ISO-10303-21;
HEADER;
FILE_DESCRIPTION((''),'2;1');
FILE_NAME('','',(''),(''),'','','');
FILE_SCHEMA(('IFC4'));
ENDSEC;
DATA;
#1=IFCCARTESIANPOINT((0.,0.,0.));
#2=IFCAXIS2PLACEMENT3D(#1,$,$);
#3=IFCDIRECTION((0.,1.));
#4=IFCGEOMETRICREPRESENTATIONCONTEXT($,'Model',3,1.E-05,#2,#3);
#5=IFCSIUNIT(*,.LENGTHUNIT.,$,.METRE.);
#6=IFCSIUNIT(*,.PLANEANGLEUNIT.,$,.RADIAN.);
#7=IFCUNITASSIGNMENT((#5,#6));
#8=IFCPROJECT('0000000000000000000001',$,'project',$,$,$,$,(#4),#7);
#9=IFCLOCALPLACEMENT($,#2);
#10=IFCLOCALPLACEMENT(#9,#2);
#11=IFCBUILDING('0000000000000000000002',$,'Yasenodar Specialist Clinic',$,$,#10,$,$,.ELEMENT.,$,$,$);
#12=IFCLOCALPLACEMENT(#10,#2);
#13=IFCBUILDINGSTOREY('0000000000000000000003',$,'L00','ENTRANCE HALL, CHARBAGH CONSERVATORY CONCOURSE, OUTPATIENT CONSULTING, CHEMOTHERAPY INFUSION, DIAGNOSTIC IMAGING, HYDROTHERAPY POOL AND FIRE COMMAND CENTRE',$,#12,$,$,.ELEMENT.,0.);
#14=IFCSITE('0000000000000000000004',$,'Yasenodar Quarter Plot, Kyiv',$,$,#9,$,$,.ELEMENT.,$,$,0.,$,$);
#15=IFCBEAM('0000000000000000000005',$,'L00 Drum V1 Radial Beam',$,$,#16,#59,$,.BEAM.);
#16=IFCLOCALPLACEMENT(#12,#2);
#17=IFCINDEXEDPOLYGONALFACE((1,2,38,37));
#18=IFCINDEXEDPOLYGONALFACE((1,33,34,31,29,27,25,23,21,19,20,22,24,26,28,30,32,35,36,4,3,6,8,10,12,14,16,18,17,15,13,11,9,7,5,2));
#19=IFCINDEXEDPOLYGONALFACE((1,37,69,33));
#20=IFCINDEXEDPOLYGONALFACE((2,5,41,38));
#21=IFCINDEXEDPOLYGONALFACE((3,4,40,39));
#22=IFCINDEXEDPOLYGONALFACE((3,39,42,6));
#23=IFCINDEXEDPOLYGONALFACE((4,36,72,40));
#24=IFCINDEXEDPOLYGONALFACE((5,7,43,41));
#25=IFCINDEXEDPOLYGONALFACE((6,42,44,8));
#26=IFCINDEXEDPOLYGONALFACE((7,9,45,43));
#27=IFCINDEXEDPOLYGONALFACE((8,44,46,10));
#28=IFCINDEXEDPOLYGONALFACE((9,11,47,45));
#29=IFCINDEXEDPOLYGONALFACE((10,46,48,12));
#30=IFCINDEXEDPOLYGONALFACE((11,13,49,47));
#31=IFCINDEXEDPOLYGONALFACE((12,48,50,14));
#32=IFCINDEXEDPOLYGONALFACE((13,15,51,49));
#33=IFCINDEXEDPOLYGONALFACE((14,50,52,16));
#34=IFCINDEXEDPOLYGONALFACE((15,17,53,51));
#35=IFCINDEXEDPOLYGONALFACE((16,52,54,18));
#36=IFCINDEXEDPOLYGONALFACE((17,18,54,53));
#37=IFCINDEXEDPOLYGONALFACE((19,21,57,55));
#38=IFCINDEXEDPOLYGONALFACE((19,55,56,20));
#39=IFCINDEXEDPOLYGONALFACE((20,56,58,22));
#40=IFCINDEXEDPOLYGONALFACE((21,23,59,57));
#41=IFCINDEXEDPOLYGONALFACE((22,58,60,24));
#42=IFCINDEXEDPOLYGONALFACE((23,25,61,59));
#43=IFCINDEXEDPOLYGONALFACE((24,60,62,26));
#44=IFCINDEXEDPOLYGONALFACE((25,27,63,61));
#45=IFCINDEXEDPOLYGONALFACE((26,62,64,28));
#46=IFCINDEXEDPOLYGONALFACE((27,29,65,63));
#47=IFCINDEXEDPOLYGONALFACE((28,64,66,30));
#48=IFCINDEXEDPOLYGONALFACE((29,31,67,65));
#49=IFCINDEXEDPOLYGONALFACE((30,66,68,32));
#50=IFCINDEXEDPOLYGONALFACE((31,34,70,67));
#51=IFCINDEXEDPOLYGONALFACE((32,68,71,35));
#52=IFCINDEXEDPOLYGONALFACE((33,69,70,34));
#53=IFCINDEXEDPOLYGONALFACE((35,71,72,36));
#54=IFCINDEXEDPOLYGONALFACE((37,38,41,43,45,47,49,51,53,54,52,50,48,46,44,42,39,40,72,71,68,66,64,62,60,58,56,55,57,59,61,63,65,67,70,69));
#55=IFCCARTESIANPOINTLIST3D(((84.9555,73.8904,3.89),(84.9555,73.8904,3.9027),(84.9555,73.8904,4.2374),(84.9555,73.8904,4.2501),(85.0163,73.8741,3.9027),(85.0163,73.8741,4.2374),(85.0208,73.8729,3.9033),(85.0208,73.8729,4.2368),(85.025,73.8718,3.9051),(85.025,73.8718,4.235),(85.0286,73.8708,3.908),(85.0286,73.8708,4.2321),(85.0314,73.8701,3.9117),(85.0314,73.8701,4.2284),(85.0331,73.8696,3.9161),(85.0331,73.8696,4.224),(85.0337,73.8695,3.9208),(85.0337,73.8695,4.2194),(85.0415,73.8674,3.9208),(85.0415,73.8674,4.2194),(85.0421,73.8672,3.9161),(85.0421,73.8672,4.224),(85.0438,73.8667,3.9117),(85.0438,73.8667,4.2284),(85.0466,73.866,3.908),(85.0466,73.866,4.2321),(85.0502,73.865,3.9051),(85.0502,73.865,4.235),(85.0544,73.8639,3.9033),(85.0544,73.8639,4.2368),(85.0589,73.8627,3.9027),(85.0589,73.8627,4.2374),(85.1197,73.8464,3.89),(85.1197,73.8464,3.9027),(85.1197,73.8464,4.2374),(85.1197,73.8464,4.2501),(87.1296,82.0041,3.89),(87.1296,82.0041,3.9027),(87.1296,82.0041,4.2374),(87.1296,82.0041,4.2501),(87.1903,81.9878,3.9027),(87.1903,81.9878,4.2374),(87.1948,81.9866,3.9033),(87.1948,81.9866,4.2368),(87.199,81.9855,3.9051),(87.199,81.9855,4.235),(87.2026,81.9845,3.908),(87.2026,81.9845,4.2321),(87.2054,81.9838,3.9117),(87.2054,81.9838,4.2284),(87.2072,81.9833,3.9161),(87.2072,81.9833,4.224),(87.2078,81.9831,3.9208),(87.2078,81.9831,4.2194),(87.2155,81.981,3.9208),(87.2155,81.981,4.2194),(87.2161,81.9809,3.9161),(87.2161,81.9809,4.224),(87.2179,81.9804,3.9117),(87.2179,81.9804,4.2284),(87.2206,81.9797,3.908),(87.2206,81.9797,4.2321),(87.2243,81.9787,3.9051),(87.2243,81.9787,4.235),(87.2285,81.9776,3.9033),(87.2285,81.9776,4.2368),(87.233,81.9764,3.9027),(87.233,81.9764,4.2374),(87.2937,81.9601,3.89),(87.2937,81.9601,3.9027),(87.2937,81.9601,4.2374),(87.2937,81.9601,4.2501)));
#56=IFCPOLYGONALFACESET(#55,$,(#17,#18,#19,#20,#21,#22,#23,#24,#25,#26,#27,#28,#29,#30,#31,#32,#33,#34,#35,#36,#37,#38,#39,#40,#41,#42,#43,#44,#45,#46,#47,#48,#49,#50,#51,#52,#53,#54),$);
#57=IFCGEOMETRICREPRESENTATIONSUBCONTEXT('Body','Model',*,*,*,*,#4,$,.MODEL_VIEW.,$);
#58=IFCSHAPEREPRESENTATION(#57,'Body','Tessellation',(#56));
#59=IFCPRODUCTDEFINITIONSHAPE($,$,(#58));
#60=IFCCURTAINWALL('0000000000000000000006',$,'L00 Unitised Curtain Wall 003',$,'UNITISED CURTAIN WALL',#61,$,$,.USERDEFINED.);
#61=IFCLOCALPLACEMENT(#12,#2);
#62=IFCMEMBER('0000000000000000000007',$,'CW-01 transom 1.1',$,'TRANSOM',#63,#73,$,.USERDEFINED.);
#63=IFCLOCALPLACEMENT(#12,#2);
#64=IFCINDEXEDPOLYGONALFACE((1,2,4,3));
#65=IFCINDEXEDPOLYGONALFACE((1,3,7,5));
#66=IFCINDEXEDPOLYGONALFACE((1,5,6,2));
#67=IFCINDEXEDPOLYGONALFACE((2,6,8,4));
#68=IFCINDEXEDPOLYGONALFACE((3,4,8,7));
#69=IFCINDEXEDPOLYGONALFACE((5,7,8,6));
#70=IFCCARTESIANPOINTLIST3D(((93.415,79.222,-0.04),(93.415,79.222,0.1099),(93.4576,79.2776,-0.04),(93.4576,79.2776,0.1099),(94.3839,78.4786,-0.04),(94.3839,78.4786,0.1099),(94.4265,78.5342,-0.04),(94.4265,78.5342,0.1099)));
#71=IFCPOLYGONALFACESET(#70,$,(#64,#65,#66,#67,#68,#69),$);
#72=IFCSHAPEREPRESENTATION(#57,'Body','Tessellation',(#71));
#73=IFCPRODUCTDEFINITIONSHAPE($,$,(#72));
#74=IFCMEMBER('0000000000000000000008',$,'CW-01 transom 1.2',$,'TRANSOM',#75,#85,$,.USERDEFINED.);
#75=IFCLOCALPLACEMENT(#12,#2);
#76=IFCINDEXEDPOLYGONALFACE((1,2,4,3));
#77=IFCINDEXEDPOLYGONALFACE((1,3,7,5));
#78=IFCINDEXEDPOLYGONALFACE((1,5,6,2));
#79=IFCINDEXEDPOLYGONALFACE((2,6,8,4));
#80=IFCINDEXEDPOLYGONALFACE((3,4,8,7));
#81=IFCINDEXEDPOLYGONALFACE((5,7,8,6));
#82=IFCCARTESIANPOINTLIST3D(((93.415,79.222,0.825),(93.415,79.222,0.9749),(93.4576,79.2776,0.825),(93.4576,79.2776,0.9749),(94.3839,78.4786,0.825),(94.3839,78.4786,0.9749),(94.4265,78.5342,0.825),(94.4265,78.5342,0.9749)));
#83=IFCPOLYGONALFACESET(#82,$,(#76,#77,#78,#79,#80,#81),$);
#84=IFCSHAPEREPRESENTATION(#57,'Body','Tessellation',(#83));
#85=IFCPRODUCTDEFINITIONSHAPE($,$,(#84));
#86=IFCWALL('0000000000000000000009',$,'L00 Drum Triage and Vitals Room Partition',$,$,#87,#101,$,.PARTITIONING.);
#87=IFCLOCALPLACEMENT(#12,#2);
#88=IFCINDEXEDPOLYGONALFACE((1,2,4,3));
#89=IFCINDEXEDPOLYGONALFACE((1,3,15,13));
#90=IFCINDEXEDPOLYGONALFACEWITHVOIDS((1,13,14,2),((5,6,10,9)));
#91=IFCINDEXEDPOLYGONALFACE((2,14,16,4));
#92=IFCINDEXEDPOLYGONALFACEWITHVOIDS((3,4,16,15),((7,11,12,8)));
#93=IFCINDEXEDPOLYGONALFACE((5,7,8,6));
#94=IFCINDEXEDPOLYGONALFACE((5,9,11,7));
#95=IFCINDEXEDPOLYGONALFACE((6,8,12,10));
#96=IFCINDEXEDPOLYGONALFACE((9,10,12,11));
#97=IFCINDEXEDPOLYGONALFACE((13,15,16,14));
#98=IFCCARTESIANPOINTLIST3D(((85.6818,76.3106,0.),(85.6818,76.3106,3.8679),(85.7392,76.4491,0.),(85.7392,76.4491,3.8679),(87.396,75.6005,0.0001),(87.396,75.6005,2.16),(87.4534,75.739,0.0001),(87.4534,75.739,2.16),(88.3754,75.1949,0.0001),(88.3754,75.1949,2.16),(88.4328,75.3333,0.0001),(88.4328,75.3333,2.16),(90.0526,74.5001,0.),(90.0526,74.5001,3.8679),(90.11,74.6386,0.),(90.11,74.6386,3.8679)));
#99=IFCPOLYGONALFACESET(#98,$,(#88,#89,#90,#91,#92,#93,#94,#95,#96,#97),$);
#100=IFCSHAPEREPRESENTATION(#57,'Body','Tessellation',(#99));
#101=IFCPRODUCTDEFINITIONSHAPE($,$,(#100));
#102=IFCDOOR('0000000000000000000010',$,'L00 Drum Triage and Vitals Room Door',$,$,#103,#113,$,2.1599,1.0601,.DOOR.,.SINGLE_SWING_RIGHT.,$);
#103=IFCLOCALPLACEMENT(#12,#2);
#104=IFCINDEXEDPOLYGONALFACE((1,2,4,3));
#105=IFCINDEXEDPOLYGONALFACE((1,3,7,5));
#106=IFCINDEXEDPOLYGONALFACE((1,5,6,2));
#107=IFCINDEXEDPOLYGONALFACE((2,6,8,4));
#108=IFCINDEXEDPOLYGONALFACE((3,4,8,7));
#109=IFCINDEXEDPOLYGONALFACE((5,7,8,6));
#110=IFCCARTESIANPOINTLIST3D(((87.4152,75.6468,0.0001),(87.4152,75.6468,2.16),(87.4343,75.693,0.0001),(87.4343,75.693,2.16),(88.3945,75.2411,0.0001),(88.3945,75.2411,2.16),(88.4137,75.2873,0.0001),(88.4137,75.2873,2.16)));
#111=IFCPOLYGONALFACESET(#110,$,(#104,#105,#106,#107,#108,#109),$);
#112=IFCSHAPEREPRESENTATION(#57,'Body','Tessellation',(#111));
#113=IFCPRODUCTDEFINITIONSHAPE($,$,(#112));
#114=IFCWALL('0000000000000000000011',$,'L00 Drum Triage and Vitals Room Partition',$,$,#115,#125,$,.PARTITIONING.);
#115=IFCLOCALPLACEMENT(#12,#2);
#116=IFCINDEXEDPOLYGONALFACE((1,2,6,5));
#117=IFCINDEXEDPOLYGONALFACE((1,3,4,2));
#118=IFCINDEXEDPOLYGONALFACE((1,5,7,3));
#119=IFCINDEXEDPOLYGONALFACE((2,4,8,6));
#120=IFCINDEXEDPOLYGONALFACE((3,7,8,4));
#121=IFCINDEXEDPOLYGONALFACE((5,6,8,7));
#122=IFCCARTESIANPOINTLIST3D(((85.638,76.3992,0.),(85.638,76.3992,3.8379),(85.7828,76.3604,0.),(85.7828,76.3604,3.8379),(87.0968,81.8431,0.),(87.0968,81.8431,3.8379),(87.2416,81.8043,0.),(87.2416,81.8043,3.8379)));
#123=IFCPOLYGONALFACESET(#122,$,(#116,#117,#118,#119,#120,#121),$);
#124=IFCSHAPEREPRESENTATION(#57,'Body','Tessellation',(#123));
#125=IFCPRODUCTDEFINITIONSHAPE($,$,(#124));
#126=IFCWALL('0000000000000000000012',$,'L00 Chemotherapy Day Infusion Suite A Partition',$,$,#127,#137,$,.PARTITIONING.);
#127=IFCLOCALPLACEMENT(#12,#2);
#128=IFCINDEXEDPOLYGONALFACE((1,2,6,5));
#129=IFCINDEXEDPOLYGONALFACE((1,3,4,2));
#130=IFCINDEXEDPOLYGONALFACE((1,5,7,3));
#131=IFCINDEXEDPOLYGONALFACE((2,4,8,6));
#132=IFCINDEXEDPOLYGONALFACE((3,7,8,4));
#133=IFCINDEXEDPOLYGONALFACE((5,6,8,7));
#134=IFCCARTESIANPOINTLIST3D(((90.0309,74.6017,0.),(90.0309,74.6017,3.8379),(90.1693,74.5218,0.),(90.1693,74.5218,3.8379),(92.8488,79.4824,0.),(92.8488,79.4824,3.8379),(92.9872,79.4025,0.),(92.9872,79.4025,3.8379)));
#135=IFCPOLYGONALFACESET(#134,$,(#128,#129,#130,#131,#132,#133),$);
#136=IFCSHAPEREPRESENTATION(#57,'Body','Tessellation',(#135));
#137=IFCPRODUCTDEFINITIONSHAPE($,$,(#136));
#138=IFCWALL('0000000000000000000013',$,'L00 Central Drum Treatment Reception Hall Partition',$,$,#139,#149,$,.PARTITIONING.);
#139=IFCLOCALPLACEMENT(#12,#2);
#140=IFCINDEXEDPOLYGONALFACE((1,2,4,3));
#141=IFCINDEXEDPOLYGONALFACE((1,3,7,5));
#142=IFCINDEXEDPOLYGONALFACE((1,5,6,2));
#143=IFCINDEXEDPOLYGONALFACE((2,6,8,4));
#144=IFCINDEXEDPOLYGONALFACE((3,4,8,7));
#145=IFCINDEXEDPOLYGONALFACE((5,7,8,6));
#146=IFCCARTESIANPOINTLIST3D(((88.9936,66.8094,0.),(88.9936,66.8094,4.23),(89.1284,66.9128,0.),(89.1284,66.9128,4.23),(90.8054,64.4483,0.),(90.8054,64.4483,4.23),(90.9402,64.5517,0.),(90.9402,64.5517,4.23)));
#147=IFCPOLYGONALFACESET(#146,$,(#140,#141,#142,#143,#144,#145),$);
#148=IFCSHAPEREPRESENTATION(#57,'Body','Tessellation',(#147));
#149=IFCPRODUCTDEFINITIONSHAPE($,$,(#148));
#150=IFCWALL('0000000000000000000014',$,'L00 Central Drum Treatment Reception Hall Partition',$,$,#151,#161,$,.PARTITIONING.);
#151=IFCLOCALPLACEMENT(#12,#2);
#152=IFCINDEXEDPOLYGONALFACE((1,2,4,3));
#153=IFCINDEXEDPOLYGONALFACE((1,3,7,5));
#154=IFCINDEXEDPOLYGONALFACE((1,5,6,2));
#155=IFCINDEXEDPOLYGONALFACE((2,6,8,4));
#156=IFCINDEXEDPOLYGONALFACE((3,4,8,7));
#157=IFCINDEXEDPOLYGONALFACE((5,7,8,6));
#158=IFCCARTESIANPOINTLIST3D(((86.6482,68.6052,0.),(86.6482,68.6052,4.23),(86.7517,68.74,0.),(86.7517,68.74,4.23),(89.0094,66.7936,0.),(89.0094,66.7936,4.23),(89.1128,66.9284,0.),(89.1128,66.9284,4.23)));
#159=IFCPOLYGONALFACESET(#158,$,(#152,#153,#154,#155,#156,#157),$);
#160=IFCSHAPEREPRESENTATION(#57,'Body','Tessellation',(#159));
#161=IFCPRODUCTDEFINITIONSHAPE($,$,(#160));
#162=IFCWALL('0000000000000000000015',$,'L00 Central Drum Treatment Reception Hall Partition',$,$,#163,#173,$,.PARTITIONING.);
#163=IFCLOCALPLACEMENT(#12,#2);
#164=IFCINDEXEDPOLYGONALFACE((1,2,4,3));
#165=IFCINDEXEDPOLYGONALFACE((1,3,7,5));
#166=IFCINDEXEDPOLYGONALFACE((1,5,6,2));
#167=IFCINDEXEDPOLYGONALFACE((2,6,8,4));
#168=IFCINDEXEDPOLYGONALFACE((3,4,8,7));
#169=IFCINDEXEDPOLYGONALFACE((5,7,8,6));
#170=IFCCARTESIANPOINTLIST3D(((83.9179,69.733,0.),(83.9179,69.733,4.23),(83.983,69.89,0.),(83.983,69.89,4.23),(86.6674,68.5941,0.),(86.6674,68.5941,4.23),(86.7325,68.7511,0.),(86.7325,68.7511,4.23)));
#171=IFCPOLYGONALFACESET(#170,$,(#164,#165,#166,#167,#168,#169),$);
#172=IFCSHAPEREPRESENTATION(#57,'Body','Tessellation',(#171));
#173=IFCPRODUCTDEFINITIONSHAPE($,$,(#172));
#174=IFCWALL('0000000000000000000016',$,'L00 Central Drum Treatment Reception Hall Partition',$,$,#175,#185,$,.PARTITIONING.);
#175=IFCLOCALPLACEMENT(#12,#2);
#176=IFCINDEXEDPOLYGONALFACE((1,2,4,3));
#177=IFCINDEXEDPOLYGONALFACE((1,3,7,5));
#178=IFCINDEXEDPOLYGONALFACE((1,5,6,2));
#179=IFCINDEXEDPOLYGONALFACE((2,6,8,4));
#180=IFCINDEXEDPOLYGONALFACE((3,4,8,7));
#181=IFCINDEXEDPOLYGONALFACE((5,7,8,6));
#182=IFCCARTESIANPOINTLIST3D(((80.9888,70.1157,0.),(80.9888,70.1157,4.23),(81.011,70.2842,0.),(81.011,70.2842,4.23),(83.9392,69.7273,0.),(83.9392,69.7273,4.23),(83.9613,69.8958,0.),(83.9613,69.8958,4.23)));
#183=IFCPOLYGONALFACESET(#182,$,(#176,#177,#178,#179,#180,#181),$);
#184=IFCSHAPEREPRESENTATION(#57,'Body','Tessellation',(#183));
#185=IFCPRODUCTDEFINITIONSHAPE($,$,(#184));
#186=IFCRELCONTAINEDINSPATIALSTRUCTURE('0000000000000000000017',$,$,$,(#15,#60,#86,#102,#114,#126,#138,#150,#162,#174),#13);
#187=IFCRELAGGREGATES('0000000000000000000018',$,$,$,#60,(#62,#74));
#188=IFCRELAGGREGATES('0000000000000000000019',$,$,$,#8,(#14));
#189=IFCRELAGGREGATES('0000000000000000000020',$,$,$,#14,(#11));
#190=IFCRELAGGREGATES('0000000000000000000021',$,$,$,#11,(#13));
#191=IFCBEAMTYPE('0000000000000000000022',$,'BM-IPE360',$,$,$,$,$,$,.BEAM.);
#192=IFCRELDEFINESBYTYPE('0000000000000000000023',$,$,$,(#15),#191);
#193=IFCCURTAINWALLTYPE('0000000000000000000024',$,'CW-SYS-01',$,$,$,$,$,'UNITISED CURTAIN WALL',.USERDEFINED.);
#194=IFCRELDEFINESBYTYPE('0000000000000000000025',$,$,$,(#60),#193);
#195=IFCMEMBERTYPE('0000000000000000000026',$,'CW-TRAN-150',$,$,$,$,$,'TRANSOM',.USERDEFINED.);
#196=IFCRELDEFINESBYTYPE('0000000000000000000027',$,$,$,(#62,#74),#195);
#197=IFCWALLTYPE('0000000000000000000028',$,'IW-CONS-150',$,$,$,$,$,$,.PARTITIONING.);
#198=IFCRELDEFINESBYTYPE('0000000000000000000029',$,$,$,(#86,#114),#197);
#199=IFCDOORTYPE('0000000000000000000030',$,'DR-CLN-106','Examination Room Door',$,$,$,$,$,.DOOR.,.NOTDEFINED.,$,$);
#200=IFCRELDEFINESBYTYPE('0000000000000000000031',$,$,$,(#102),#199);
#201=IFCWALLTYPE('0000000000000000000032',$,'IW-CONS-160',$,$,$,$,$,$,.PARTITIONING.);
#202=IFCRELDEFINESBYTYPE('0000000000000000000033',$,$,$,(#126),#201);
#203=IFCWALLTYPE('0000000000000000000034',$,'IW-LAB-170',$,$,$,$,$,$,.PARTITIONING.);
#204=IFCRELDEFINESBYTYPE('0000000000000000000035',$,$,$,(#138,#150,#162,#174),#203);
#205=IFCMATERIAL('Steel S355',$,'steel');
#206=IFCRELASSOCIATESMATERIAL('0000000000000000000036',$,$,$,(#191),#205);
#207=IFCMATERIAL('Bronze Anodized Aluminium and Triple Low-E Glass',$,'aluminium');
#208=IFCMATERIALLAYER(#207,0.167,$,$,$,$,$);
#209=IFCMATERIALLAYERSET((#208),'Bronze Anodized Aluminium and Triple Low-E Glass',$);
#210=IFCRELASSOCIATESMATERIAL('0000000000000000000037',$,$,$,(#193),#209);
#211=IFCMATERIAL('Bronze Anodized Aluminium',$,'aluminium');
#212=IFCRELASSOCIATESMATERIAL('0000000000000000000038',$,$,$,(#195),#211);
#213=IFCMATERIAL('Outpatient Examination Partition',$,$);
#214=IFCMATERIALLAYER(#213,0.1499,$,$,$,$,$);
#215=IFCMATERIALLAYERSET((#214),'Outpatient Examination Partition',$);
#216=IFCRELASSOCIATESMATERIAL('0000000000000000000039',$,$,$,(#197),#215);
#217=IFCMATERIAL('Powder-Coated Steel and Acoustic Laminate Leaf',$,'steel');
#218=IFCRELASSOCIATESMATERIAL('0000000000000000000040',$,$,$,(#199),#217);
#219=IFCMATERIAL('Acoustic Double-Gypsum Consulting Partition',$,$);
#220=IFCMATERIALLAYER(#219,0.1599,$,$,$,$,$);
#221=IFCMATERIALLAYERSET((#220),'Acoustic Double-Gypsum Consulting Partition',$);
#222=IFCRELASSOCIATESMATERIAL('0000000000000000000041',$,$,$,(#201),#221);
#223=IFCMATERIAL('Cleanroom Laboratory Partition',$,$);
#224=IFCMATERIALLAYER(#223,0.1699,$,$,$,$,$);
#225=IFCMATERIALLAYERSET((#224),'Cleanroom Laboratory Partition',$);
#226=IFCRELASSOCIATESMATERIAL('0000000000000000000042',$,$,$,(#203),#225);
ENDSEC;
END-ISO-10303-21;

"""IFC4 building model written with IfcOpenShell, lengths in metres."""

from ifc_helpers import new_model, si_unit, direction, frame, frame_2d, origin, origin_2d, place, context, subcontext, project, spatial, rectangle, i_section, extrude, material, layer, layer_set, material_profile, profile_set, type_object, element, fill, aggregate, save


model = new_model("IFC4")

# Units and contexts
model_context = context("Model", 3, precision=1e-05, world=origin(), true_north=direction((0.0, 1.0)))
body_context = subcontext(model_context, "Body", "Model", "MODEL_VIEW")
ifc_project = project(units=[si_unit("LENGTHUNIT", "METRE"), si_unit("PLANEANGLEUNIT", "RADIAN")], contexts=[model_context])

# Site, building, storey
site_placement = place(None, origin())
site = spatial("IfcSite", under=ifc_project, at=site_placement, Name="Yasenodar Quarter Plot, Kyiv", CompositionType="ELEMENT", RefElevation=0.0)
building_placement = place(site_placement, origin())
building = spatial("IfcBuilding", under=site, at=building_placement, Name="Yasenodar Specialist Clinic", CompositionType="ELEMENT")
storey_placement = place(building_placement, origin())
storey = spatial("IfcBuildingStorey", under=building, at=storey_placement, Name="L00", Description="ENTRANCE HALL, CHARBAGH CONSERVATORY CONCOURSE, OUTPATIENT CONSULTING, CHEMOTHERAPY INFUSION, DIAGNOSTIC IMAGING, HYDROTHERAPY POOL AND FIRE COMMAND CENTRE", CompositionType="ELEMENT", Elevation=0.0)

# Shared definitions
ifc_material_1 = material(Name="Steel S355", Category="steel")

# Beam
ifc_material_profile_1 = material_profile(ifc_material_1, i_section(OverallWidth=0.1699, OverallDepth=0.3601, WebThickness=0.0081, FlangeThickness=0.0127, FilletRadius=0.0181, at=origin_2d()), Name="IPE 360")
ifc_profile_set_1 = profile_set([ifc_material_profile_1], Name="Steel S355")
beam_type_1 = type_object("IfcBeamType", Name="BM-IPE360", PredefinedType="BEAM", material=ifc_profile_set_1)
beam_placement = place(storey_placement, frame((85.0376, 73.8684, 4.0701), z_axis=(0.258818, 0.965926, 0.0), x_axis=(-0.965926, 0.258818, 0.0)))
element("IfcBeam", 1, at=beam_placement, inside=storey, type_object=beam_type_1, Name="L00 Drum V1 Radial Beam", PredefinedType="BEAM", context=body_context, shape_type="SweptSolid", body=[
    extrude(i_section(OverallWidth=0.1699, OverallDepth=0.3601, WebThickness=0.0081, FlangeThickness=0.0127, FilletRadius=0.0181, at=origin_2d()), origin(), (0.0, 0.0, 1.0), 8.3999),
])

# Curtain wall, members
ifc_material_2 = material(Name="Bronze Anodized Aluminium and Triple Low-E Glass", Category="aluminium")
ifc_layer_1 = layer(ifc_material_2, 0.167)
ifc_layer_set_1 = layer_set([ifc_layer_1], Name="Bronze Anodized Aluminium and Triple Low-E Glass")
curtain_wall_type = type_object("IfcCurtainWallType", Name="CW-SYS-01", ElementType="UNITISED CURTAIN WALL", PredefinedType="USERDEFINED", material=ifc_layer_set_1)
curtain_wall_placement = place(storey_placement, origin())
curtain_wall = element("IfcCurtainWall", 2, at=curtain_wall_placement, inside=storey, type_object=curtain_wall_type, Name="L00 Unitised Curtain Wall 003", ObjectType="UNITISED CURTAIN WALL", PredefinedType="USERDEFINED")
ifc_material_3 = material(Name="Bronze Anodized Aluminium", Category="aluminium")
ifc_material_profile_2 = material_profile(ifc_material_3, rectangle(XDim=0.0701, YDim=0.1499, at=origin_2d()), Name="CW-TRAN 70x150")
ifc_profile_set_2 = profile_set([ifc_material_profile_2], Name="Bronze Anodized Aluminium")
member_type = type_object("IfcMemberType", Name="CW-TRAN-150", ElementType="TRANSOM", PredefinedType="USERDEFINED", material=ifc_profile_set_2)
member_1_placement = place(storey_placement, frame((93.4363, 79.2498, 0.0349), z_axis=(0.793404, -0.608696, 0.0), x_axis=(0.608696, 0.793404, 0.0)))
member_1 = element("IfcMember", 3, at=member_1_placement, type_object=member_type, Name="CW-01 transom 1.1", ObjectType="TRANSOM", PredefinedType="USERDEFINED", context=body_context, shape_type="SweptSolid", body=[
    extrude(rectangle(XDim=0.0701, YDim=0.1499, at=origin_2d()), origin(), (0.0, 0.0, 1.0), 1.2212),
])
member_2_placement = place(storey_placement, frame((93.4363, 79.2498, 0.8999), z_axis=(0.793404, -0.608696, 0.0), x_axis=(0.608696, 0.793404, 0.0)))
member_2 = element("IfcMember", 4, at=member_2_placement, type_object=member_type, Name="CW-01 transom 1.2", ObjectType="TRANSOM", PredefinedType="USERDEFINED", context=body_context, shape_type="SweptSolid", body=[
    extrude(rectangle(XDim=0.0701, YDim=0.1499, at=origin_2d()), origin(), (0.0, 0.0, 1.0), 1.2212),
])
aggregate(curtain_wall, [member_1, member_2])

# Wall, opening, door
ifc_material_4 = material(Name="Outpatient Examination Partition")
ifc_layer_2 = layer(ifc_material_4, 0.1499)
ifc_layer_set_2 = layer_set([ifc_layer_2], Name="Outpatient Examination Partition")
wall_type_1 = type_object("IfcWallType", Name="IW-CONS-150", PredefinedType="PARTITIONING", material=ifc_layer_set_2)
wall_1_placement = place(storey_placement, frame((90.0813, 74.5693, 0.0), z_axis=(0.0, 0.0, 1.0), x_axis=(-0.923873, 0.382698, 0.0)))
wall_1 = element("IfcWall", 5, at=wall_1_placement, inside=storey, type_object=wall_type_1, Name="L00 Drum Triage and Vitals Room Partition", PredefinedType="PARTITIONING", context=body_context, shape_type="SweptSolid", body=[
    extrude(rectangle(XDim=4.731, YDim=0.1499, at=frame_2d((2.3655, 0.0))), origin(), (0.0, 0.0, 1.0), 3.8679),
])
opening_placement = place(wall_1_placement, frame((1.8154, 0.0, 0.0)))
opening = element("IfcOpeningElement", 6, at=opening_placement, cuts=wall_1, PredefinedType="OPENING", context=body_context, shape_type="SweptSolid", body=[
    extrude(rectangle(XDim=1.0601, YDim=2.1599, at=frame_2d((0.53, 1.0801))), frame((0.0, 0.085, 0.0), z_axis=(0.0, -1.0, 0.0), x_axis=(1.0, 0.0, 0.0)), (0.0, 0.0, 1.0), 0.1699),
])
ifc_material_5 = material(Name="Powder-Coated Steel and Acoustic Laminate Leaf", Category="steel")
door_type = type_object("IfcDoorType", Name="DR-CLN-106", Description="Examination Room Door", OperationType="NOTDEFINED", PredefinedType="DOOR", material=ifc_material_5)
door_placement = place(opening_placement, origin())
door = element("IfcDoor", 7, at=door_placement, inside=storey, type_object=door_type, Name="L00 Drum Triage and Vitals Room Door", OperationType="SINGLE_SWING_RIGHT", OverallHeight=2.1599, OverallWidth=1.0601, PredefinedType="DOOR", context=body_context, shape_type="SweptSolid", body=[
    extrude(rectangle(XDim=1.0601, YDim=2.1599, at=frame_2d((0.53, 1.0801))), frame((0.0, 0.0249, 0.0), z_axis=(0.0, -1.0, 0.0), x_axis=(1.0, 0.0, 0.0)), (0.0, 0.0, 1.0), 0.05),
])
fill(opening, door)

# Walls
wall_2_placement = place(storey_placement, frame((85.7104, 76.3799, 0.0), z_axis=(0.0, 0.0, 1.0), x_axis=(0.25883, 0.965923, 0.0)))
element("IfcWall", 8, at=wall_2_placement, inside=storey, type_object=wall_type_1, Name="L00 Drum Triage and Vitals Room Partition", PredefinedType="PARTITIONING", context=body_context, shape_type="SweptSolid", body=[
    extrude(rectangle(XDim=5.636, YDim=0.1499, at=frame_2d((2.8179, 0.0))), origin(), (0.0, 0.0, 1.0), 3.8379),
])
ifc_material_6 = material(Name="Acoustic Double-Gypsum Consulting Partition")
ifc_layer_3 = layer(ifc_material_6, 0.1599)
ifc_layer_set_3 = layer_set([ifc_layer_3], Name="Acoustic Double-Gypsum Consulting Partition")
wall_type_2 = type_object("IfcWallType", Name="IW-CONS-160", PredefinedType="PARTITIONING", material=ifc_layer_set_3)
wall_3_placement = place(storey_placement, frame((90.1001, 74.5618, 0.0), z_axis=(0.0, 0.0, 1.0), x_axis=(0.500006, 0.866022, 0.0)))
element("IfcWall", 9, at=wall_3_placement, inside=storey, type_object=wall_type_2, Name="L00 Chemotherapy Day Infusion Suite A Partition", PredefinedType="PARTITIONING", context=body_context, shape_type="SweptSolid", body=[
    extrude(rectangle(XDim=5.6357, YDim=0.1599, at=frame_2d((2.8179, 0.0))), origin(), (0.0, 0.0, 1.0), 3.8379),
])
ifc_material_7 = material(Name="Cleanroom Laboratory Partition")
ifc_layer_4 = layer(ifc_material_7, 0.1699)
ifc_layer_set_4 = layer_set([ifc_layer_4], Name="Cleanroom Laboratory Partition")
wall_type_3 = type_object("IfcWallType", Name="IW-LAB-170", PredefinedType="PARTITIONING", material=ifc_layer_set_4)
for number, where, z_axis, x_axis, name in (
    (10, (89.061, 66.8611, 0.0), (0.0, 0.0, 1.0), (0.608771, -0.793346, 0.0), "L00 Central Drum Treatment Reception Hall Partition"),
    (11, (86.7, 68.6726, 0.0), (0.0, 0.0, 1.0), (0.793386, -0.608719, 0.0), "L00 Central Drum Treatment Reception Hall Partition"),
    (12, (83.9504, 69.8115, 0.0), (0.0, 0.0, 1.0), (0.923876, -0.382692, 0.0), "L00 Central Drum Treatment Reception Hall Partition"),
):
    element("IfcWall", number, at=place(storey_placement, frame(where, z_axis=z_axis, x_axis=x_axis)), inside=storey, type_object=wall_type_3, Name=name, PredefinedType="PARTITIONING", context=body_context, shape_type="SweptSolid", body=[
        extrude(rectangle(XDim=2.9761, YDim=0.1699, at=frame_2d((1.488, 0.0))), origin(), (0.0, 0.0, 1.0), 4.23),
    ])
wall_4_placement = place(storey_placement, frame((81.0, 70.2, 0.0), z_axis=(0.0, 0.0, 1.0), x_axis=(0.991445, -0.130525, 0.0)))
element("IfcWall", 13, at=wall_4_placement, inside=storey, type_object=wall_type_3, Name="L00 Central Drum Treatment Reception Hall Partition", PredefinedType="PARTITIONING", context=body_context, shape_type="SweptSolid", body=[
    extrude(rectangle(XDim=2.9758, YDim=0.1699, at=frame_2d((1.4878, 0.0))), origin(), (0.0, 0.0, 1.0), 4.23),
])

save(model, "model.ifc")
